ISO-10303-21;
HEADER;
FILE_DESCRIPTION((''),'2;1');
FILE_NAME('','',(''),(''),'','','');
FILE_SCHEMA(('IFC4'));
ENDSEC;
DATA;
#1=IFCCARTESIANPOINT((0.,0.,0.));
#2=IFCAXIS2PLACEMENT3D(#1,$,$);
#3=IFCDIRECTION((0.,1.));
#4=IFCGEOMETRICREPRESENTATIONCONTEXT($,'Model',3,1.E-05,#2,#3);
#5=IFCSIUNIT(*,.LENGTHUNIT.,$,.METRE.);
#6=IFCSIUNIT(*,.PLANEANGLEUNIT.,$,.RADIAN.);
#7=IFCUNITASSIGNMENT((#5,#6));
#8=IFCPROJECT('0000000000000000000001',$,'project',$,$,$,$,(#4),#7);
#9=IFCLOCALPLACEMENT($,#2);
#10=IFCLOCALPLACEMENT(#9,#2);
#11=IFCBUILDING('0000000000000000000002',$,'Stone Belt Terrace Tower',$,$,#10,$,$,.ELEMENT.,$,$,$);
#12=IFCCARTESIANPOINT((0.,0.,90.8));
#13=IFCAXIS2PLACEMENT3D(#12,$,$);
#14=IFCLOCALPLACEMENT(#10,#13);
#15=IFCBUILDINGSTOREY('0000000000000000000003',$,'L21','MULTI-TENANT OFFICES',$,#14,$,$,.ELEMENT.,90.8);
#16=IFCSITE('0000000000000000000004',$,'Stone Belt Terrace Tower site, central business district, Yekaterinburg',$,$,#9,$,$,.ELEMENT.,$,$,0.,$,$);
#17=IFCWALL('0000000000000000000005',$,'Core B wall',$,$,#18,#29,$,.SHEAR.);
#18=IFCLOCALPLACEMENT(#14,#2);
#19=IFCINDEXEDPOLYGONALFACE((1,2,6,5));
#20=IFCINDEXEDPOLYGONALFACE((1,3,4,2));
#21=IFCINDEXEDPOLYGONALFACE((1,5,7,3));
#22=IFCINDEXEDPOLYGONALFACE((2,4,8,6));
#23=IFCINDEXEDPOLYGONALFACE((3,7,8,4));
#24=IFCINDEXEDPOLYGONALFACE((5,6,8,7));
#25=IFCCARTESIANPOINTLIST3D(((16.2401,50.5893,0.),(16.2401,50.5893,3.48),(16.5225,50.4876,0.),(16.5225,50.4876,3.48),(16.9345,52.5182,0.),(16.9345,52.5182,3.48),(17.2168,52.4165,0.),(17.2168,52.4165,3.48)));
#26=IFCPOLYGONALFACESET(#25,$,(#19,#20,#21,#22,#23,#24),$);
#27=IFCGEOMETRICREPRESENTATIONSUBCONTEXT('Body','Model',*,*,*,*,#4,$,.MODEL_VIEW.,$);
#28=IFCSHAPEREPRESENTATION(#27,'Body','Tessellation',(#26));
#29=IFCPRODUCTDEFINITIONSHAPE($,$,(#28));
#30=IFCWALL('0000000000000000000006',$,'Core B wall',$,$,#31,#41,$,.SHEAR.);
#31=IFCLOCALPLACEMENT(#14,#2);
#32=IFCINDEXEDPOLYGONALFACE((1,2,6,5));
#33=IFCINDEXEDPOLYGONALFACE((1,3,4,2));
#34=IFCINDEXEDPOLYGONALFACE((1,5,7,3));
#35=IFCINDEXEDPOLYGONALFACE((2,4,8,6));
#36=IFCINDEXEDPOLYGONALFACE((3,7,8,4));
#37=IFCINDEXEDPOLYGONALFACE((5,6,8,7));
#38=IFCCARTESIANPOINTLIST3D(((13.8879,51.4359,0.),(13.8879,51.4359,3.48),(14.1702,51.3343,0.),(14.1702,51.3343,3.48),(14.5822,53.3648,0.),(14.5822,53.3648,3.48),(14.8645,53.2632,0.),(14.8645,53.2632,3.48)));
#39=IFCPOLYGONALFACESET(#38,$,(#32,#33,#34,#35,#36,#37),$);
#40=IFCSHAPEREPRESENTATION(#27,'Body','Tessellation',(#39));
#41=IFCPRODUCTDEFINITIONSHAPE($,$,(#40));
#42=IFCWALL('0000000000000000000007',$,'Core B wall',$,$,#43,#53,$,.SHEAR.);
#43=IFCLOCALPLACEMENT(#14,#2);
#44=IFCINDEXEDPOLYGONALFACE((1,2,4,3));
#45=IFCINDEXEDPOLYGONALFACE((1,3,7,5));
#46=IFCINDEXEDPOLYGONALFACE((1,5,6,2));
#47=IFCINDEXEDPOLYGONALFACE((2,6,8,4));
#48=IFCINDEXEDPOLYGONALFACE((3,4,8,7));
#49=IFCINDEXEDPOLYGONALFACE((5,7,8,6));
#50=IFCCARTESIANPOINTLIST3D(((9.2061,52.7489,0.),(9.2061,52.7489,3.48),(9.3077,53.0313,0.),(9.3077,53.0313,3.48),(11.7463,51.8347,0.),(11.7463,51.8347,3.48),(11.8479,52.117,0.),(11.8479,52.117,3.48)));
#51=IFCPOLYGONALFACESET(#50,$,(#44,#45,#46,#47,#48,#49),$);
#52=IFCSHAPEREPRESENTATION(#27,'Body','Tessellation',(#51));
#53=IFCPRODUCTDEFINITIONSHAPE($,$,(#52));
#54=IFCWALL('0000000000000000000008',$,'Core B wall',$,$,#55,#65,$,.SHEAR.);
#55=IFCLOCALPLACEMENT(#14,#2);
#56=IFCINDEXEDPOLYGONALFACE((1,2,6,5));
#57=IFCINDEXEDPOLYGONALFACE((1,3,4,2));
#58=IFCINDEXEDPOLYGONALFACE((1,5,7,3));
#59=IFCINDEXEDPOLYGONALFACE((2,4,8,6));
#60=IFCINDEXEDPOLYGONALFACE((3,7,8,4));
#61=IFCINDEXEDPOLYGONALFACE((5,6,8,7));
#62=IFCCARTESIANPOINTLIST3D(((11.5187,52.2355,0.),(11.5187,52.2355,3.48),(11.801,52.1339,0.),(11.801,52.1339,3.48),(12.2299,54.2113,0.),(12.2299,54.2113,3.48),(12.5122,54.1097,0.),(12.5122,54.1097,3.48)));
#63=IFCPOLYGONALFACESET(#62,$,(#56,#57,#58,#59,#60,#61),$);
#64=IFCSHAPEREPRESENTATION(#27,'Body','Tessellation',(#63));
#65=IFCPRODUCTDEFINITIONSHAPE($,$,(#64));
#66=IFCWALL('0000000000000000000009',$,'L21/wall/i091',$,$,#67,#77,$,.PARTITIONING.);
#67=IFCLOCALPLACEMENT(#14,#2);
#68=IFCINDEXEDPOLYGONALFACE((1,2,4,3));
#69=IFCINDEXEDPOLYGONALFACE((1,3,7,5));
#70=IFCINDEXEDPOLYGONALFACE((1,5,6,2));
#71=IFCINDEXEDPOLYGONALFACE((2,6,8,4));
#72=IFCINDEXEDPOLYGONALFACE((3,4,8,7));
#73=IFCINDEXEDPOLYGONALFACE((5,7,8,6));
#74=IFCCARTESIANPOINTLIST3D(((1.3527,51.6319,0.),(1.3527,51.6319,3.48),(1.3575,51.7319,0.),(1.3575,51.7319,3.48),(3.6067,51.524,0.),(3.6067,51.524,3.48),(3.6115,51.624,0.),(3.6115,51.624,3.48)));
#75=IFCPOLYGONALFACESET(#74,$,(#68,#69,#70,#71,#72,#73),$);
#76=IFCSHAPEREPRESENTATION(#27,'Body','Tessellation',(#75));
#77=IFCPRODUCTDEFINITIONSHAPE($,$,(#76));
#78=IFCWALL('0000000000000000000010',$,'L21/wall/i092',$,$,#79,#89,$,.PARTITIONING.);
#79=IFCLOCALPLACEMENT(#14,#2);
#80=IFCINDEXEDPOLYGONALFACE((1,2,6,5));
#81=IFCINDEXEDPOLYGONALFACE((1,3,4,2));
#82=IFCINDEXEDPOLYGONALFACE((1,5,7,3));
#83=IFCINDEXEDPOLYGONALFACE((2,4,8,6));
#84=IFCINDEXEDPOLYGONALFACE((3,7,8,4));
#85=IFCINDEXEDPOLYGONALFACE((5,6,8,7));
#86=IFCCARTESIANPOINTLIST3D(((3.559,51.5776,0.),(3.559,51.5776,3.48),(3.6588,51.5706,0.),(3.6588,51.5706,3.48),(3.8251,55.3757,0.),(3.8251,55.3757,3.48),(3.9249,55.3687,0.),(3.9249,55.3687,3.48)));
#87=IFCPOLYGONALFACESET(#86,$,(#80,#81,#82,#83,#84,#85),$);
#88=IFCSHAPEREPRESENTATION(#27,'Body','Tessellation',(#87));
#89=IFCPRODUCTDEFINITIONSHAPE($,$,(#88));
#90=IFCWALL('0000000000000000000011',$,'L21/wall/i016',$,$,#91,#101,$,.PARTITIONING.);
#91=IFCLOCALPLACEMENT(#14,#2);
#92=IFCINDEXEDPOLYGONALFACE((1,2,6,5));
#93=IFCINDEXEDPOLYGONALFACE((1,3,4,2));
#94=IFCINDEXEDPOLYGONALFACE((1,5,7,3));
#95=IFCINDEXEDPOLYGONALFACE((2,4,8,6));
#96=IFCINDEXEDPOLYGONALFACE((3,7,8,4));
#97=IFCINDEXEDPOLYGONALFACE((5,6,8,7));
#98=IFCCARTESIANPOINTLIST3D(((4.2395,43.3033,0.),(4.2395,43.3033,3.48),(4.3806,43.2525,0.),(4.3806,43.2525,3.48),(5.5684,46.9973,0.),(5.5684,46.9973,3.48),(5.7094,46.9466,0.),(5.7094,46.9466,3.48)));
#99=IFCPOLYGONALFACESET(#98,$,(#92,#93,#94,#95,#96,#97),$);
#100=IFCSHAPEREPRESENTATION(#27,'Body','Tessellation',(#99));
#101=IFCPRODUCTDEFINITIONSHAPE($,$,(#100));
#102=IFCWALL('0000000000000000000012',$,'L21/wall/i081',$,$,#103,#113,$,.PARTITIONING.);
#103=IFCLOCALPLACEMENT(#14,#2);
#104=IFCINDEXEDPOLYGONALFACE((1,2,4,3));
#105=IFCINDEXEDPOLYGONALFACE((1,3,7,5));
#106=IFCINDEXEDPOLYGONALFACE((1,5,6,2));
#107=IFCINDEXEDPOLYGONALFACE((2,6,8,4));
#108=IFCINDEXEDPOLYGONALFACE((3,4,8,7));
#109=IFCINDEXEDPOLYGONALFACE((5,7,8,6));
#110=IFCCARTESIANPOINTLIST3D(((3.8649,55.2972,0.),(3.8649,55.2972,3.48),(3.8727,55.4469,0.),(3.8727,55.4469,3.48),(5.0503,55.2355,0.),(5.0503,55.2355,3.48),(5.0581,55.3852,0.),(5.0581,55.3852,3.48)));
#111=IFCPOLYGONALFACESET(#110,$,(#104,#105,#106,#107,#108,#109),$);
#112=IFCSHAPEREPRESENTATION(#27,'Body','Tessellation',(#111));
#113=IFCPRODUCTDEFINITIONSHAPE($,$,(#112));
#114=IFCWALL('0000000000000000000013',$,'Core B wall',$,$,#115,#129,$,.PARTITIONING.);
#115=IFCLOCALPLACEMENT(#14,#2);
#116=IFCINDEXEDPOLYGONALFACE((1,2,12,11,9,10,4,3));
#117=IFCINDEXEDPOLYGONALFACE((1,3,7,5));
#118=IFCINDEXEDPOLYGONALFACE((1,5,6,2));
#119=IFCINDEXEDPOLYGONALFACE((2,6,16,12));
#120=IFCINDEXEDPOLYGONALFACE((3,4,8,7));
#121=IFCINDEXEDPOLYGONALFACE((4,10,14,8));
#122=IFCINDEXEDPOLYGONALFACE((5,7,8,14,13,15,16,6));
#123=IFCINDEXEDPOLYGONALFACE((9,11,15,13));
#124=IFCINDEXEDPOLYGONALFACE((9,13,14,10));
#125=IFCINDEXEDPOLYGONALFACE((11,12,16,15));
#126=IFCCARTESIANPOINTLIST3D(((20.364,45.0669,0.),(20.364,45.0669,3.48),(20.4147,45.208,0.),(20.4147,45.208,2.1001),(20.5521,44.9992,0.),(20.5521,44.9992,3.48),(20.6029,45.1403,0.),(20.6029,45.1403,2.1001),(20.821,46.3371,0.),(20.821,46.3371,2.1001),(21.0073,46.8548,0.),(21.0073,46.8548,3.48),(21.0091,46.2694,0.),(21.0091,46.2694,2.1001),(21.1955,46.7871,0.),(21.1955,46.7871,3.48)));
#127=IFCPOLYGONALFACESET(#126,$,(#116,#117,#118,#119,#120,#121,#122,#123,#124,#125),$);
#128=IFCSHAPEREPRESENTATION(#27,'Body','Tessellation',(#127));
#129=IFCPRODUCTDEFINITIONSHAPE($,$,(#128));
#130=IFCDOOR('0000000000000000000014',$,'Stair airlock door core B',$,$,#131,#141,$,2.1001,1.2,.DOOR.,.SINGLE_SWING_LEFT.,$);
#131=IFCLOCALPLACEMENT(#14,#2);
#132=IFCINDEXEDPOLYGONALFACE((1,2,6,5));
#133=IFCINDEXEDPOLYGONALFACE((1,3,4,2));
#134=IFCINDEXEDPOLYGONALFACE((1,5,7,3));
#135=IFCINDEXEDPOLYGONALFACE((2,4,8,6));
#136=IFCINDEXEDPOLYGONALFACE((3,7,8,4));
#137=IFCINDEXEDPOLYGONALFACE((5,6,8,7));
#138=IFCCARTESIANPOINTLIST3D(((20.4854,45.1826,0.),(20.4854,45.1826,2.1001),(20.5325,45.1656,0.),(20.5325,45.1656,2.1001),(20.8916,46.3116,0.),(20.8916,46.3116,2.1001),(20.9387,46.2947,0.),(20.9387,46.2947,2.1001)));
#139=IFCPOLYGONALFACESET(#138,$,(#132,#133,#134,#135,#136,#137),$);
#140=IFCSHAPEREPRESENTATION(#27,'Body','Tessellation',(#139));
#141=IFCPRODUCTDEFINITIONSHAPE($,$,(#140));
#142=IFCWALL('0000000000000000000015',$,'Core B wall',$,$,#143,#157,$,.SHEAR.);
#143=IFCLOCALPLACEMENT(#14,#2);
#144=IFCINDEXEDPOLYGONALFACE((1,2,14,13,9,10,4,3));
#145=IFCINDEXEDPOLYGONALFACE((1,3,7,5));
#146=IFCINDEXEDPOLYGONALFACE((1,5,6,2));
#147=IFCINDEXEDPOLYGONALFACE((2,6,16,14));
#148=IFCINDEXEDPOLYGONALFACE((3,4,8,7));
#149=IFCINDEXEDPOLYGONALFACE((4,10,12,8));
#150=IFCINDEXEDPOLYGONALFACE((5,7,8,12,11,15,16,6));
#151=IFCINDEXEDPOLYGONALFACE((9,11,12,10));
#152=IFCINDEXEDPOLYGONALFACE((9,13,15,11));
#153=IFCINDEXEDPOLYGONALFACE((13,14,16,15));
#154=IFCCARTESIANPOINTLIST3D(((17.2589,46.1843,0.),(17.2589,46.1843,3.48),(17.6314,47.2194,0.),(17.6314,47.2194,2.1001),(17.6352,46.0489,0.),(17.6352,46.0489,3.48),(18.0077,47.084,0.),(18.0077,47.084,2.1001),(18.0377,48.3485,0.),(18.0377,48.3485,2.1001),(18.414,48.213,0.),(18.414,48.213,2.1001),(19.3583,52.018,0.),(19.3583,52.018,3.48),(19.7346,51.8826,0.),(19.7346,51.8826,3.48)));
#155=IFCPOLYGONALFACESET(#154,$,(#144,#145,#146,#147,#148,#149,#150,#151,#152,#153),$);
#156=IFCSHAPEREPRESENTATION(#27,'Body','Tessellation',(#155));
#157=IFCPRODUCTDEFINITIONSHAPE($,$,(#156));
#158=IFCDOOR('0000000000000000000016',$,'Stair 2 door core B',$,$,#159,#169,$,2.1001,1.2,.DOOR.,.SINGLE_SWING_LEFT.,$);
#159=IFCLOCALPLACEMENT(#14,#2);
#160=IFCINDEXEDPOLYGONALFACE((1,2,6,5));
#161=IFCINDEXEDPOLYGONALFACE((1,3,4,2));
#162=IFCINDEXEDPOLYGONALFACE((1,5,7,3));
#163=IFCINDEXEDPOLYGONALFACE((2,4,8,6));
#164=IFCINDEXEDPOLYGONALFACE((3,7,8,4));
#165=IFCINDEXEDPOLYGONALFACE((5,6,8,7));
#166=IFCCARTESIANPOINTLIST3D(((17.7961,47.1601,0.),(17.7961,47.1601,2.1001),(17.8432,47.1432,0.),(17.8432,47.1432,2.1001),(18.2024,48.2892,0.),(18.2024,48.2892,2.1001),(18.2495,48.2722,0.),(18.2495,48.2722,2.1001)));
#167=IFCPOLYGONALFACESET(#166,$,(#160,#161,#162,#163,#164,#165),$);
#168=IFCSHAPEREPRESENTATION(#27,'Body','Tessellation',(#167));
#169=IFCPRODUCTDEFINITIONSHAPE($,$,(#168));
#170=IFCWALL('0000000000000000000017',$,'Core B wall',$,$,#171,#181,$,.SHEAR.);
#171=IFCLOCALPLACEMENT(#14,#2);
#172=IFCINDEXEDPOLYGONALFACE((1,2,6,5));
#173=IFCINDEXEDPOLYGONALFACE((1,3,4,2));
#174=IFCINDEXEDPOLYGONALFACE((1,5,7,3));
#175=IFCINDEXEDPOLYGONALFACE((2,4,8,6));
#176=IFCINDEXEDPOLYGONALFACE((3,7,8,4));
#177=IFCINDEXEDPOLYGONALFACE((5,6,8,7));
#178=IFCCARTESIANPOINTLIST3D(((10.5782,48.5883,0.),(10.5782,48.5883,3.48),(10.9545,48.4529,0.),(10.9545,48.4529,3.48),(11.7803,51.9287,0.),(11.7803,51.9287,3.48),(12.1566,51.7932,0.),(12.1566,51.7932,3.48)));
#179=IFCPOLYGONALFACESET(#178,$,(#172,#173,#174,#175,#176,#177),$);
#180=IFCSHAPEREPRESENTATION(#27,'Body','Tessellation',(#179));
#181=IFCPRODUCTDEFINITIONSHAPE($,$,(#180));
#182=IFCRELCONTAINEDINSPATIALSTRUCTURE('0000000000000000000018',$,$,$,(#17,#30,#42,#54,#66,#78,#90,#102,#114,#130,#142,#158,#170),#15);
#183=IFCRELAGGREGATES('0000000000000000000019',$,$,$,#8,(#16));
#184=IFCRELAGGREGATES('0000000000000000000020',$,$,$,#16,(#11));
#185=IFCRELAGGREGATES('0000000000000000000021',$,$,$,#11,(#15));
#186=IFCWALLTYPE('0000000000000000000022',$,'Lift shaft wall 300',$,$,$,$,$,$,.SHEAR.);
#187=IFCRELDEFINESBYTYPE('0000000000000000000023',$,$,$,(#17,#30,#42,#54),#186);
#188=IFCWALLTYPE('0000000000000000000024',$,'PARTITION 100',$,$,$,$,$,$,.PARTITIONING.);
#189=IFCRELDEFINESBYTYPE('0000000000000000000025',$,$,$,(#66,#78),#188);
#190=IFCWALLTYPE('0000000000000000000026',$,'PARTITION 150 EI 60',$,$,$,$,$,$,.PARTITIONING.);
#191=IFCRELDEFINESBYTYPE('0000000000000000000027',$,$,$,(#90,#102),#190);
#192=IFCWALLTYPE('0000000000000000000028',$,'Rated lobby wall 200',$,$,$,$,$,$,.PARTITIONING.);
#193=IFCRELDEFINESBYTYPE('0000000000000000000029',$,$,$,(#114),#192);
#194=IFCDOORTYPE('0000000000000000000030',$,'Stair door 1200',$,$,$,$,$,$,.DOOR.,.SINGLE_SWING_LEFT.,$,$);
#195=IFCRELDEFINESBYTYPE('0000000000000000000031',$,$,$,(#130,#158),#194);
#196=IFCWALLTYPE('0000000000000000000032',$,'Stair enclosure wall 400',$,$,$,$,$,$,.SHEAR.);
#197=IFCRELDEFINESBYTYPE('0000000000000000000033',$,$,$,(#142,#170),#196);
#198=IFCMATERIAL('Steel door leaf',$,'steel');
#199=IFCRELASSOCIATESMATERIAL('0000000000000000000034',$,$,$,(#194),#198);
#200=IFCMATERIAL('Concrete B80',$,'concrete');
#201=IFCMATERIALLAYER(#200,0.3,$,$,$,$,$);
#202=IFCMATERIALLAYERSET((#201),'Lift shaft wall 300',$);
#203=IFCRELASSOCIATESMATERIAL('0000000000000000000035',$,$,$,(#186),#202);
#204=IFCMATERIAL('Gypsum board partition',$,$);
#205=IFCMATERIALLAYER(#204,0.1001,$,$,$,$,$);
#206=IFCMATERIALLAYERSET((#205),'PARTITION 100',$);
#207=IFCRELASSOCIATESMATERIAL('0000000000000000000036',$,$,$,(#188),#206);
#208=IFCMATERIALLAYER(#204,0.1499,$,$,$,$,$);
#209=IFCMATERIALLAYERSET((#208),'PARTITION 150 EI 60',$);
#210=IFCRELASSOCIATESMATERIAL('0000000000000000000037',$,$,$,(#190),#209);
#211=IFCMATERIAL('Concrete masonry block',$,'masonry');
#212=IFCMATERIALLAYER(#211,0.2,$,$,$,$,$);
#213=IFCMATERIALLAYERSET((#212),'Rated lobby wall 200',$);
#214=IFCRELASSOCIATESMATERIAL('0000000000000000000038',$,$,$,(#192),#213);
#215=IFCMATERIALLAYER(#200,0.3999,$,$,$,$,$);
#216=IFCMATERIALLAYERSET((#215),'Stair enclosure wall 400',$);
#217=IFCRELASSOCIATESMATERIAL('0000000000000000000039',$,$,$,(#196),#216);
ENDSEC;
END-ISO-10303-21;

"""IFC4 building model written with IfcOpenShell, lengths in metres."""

from ifc_helpers import new_model, si_unit, direction, frame, frame_2d, origin, place, context, subcontext, project, spatial, rectangle, extrude, material, layer, layer_set, type_object, element, fill, save


model = new_model("IFC4")

# Units and contexts
model_context = context("Model", 3, precision=1e-05, world=origin(), true_north=direction((0.0, 1.0)))
body_context = subcontext(model_context, "Body", "Model", "MODEL_VIEW")
ifc_project = project(units=[si_unit("LENGTHUNIT", "METRE"), si_unit("PLANEANGLEUNIT", "RADIAN")], contexts=[model_context])

# Site, building, storey
site_placement = place(None, origin())
site = spatial("IfcSite", under=ifc_project, at=site_placement, Name="Stone Belt Terrace Tower site, central business district, Yekaterinburg", CompositionType="ELEMENT", RefElevation=0.0)
building_placement = place(site_placement, origin())
building = spatial("IfcBuilding", under=site, at=building_placement, Name="Stone Belt Terrace Tower", CompositionType="ELEMENT")
storey_placement = place(building_placement, frame((0.0, 0.0, 90.8)))
storey = spatial("IfcBuildingStorey", under=building, at=storey_placement, Name="L21", Description="MULTI-TENANT OFFICES", CompositionType="ELEMENT", Elevation=90.8)

# Shared definitions
ifc_material_1 = material(Name="Concrete B80", Category="concrete")

# Shared definitions
ifc_material_2 = material(Name="Steel door leaf", Category="steel")
door_type_1 = type_object("IfcDoorType", Name="Stair door 1200", OperationType="SINGLE_SWING_LEFT", PredefinedType="DOOR", material=ifc_material_2)

# Walls
ifc_layer_1 = layer(ifc_material_1, 0.3)
ifc_layer_set_1 = layer_set([ifc_layer_1], Name="Lift shaft wall 300")
wall_type_1 = type_object("IfcWallType", Name="Lift shaft wall 300", PredefinedType="SHEAR", material=ifc_layer_set_1)
for number, where, z_axis, x_axis, name in (
    (1, (16.3813, 50.5386, 0.0), (0.0, 0.0, 1.0), (0.338682, 0.940901, 0.0), "Core B wall"),
    (2, (14.0291, 51.3853, 0.0), (0.0, 0.0, 1.0), (0.338682, 0.940901, 0.0), "Core B wall"),
):
    element("IfcWall", number, at=place(storey_placement, frame(where, z_axis=z_axis, x_axis=x_axis)), inside=storey, type_object=wall_type_1, Name=name, PredefinedType="SHEAR", context=body_context, shape_type="SweptSolid", body=[
        extrude(rectangle(XDim=2.05, YDim=0.3, at=frame_2d((1.0249, 0.0))), origin(), (0.0, 0.0, 1.0), 3.48),
    ])
wall_1_placement = place(storey_placement, frame((11.7971, 51.9758, 0.0), z_axis=(0.0, 0.0, 1.0), x_axis=(-0.94091, 0.338655, 0.0)))
element("IfcWall", 3, at=wall_1_placement, inside=storey, type_object=wall_type_1, Name="Core B wall", PredefinedType="SHEAR", context=body_context, shape_type="SweptSolid", body=[
    extrude(rectangle(XDim=2.6997, YDim=0.3, at=frame_2d((1.3499, 0.0))), origin(), (0.0, 0.0, 1.0), 3.48),
])
wall_2_placement = place(storey_placement, frame((11.6599, 52.1848, 0.0), z_axis=(0.0, 0.0, 1.0), x_axis=(0.33867, 0.940905, 0.0)))
element("IfcWall", 4, at=wall_2_placement, inside=storey, type_object=wall_type_1, Name="Core B wall", PredefinedType="SHEAR", context=body_context, shape_type="SweptSolid", body=[
    extrude(rectangle(XDim=2.0999, YDim=0.3, at=frame_2d((1.0498, 0.0))), origin(), (0.0, 0.0, 1.0), 3.48),
])
ifc_material_3 = material(Name="Gypsum board partition")
ifc_layer_2 = layer(ifc_material_3, 0.1001)
ifc_layer_set_2 = layer_set([ifc_layer_2], Name="PARTITION 100")
wall_type_2 = type_object("IfcWallType", Name="PARTITION 100", PredefinedType="PARTITIONING", material=ifc_layer_set_2)
wall_3_placement = place(storey_placement, frame((1.355, 51.6819, 0.0), z_axis=(0.0, 0.0, 1.0), x_axis=(0.998856, -0.047822, 0.0)))
element("IfcWall", 5, at=wall_3_placement, inside=storey, type_object=wall_type_2, Name="L21/wall/i091", PredefinedType="PARTITIONING", context=body_context, shape_type="SweptSolid", body=[
    extrude(rectangle(XDim=2.2566, YDim=0.1001, at=frame_2d((1.1284, 0.0))), origin(), (0.0, 0.0, 1.0), 3.48),
])
wall_4_placement = place(storey_placement, frame((3.6089, 51.574, 0.0), z_axis=(0.0, 0.0, 1.0), x_axis=(0.069894, 0.997554, 0.0)))
element("IfcWall", 6, at=wall_4_placement, inside=storey, type_object=wall_type_2, Name="L21/wall/i092", PredefinedType="PARTITIONING", context=body_context, shape_type="SweptSolid", body=[
    extrude(rectangle(XDim=3.8074, YDim=0.1001, at=frame_2d((1.9038, 0.0))), origin(), (0.0, 0.0, 1.0), 3.48),
])
ifc_layer_3 = layer(ifc_material_3, 0.1499)
ifc_layer_set_3 = layer_set([ifc_layer_3], Name="PARTITION 150 EI 60")
wall_type_3 = type_object("IfcWallType", Name="PARTITION 150 EI 60", PredefinedType="PARTITIONING", material=ifc_layer_set_3)
wall_5_placement = place(storey_placement, frame((5.6389, 46.9719, 0.0), z_axis=(0.0, 0.0, 1.0), x_axis=(-0.33849, -0.94097, 0.0)))
element("IfcWall", 7, at=wall_5_placement, inside=storey, type_object=wall_type_3, Name="L21/wall/i016", PredefinedType="PARTITIONING", context=body_context, shape_type="SweptSolid", body=[
    extrude(rectangle(XDim=3.9258, YDim=0.1499, at=frame_2d((1.9629, 0.0))), origin(), (0.0, 0.0, 1.0), 3.48),
])
wall_6_placement = place(storey_placement, frame((5.0542, 55.3103, 0.0), z_axis=(0.0, 0.0, 1.0), x_axis=(-0.998645, 0.052041, 0.0)))
element("IfcWall", 8, at=wall_6_placement, inside=storey, type_object=wall_type_3, Name="L21/wall/i081", PredefinedType="PARTITIONING", context=body_context, shape_type="SweptSolid", body=[
    extrude(rectangle(XDim=1.187, YDim=0.1499, at=frame_2d((0.5935, 0.0))), origin(), (0.0, 0.0, 1.0), 3.48),
])

# Walls, openings, doors
ifc_material_4 = material(Name="Concrete masonry block", Category="masonry")
ifc_layer_4 = layer(ifc_material_4, 0.2)
ifc_layer_set_4 = layer_set([ifc_layer_4], Name="Rated lobby wall 200")
wall_type_4 = type_object("IfcWallType", Name="Rated lobby wall 200", PredefinedType="PARTITIONING", material=ifc_layer_set_4)
wall_7_placement = place(storey_placement, frame((20.458, 45.033, 0.0), z_axis=(0.0, 0.0, 1.0), x_axis=(0.338574, 0.94094, 0.0)))
wall_7 = element("IfcWall", 9, at=wall_7_placement, inside=storey, type_object=wall_type_4, Name="Core B wall", PredefinedType="PARTITIONING", context=body_context, shape_type="SweptSolid", body=[
    extrude(rectangle(XDim=1.9001, YDim=0.2, at=frame_2d((0.9502, 0.0))), origin(), (0.0, 0.0, 1.0), 3.48),
])
opening_1_placement = place(wall_7_placement, frame((0.1499, 0.0, 0.0)))
opening_1 = element("IfcOpeningElement", 10, at=opening_1_placement, cuts=wall_7, PredefinedType="OPENING", context=body_context, shape_type="SweptSolid", body=[
    extrude(rectangle(XDim=1.2, YDim=2.1001, at=frame_2d((0.6001, 1.05))), frame((0.0, 0.1099, 0.0), z_axis=(0.0, -1.0, 0.0), x_axis=(1.0, 0.0, 0.0)), (0.0, 0.0, 1.0), 0.22),
])
door_1_placement = place(opening_1_placement, origin())
door_1 = element("IfcDoor", 11, at=door_1_placement, inside=storey, type_object=door_type_1, Name="Stair airlock door core B", OperationType="SINGLE_SWING_LEFT", OverallHeight=2.1001, OverallWidth=1.2, PredefinedType="DOOR", context=body_context, shape_type="SweptSolid", body=[
    extrude(rectangle(XDim=1.2, YDim=2.1001, at=frame_2d((0.6001, 1.05))), frame((0.0, 0.0249, 0.0), z_axis=(0.0, -1.0, 0.0), x_axis=(1.0, 0.0, 0.0)), (0.0, 0.0, 1.0), 0.05),
])
fill(opening_1, door_1)
ifc_layer_5 = layer(ifc_material_1, 0.3999)
ifc_layer_set_5 = layer_set([ifc_layer_5], Name="Stair enclosure wall 400")
wall_type_5 = type_object("IfcWallType", Name="Stair enclosure wall 400", PredefinedType="SHEAR", material=ifc_layer_set_5)
wall_8_placement = place(storey_placement, frame((17.447, 46.1165, 0.0), z_axis=(0.0, 0.0, 1.0), x_axis=(0.338608, 0.940928, 0.0)))
wall_8 = element("IfcWall", 12, at=wall_8_placement, inside=storey, type_object=wall_type_5, Name="Core B wall", PredefinedType="SHEAR", context=body_context, shape_type="SweptSolid", body=[
    extrude(rectangle(XDim=6.2, YDim=0.3999, at=frame_2d((3.1001, 0.0))), origin(), (0.0, 0.0, 1.0), 3.48),
])
opening_2_placement = place(wall_8_placement, frame((1.1001, 0.0, 0.0)))
opening_2 = element("IfcOpeningElement", 13, at=opening_2_placement, cuts=wall_8, PredefinedType="OPENING", context=body_context, shape_type="SweptSolid", body=[
    extrude(rectangle(XDim=1.2, YDim=2.1001, at=frame_2d((0.6001, 1.05))), frame((0.0, 0.21, 0.0), z_axis=(0.0, -1.0, 0.0), x_axis=(1.0, 0.0, 0.0)), (0.0, 0.0, 1.0), 0.4199),
])
door_2_placement = place(opening_2_placement, origin())
door_2 = element("IfcDoor", 14, at=door_2_placement, inside=storey, type_object=door_type_1, Name="Stair 2 door core B", OperationType="SINGLE_SWING_LEFT", OverallHeight=2.1001, OverallWidth=1.2, PredefinedType="DOOR", context=body_context, shape_type="SweptSolid", body=[
    extrude(rectangle(XDim=1.2, YDim=2.1001, at=frame_2d((0.6001, 1.05))), frame((0.0, 0.0249, 0.0), z_axis=(0.0, -1.0, 0.0), x_axis=(1.0, 0.0, 0.0)), (0.0, 0.0, 1.0), 0.05),
])
fill(opening_2, door_2)

# Wall
wall_9_placement = place(storey_placement, frame((10.7664, 48.5208, 0.0), z_axis=(0.0, 0.0, 1.0), x_axis=(0.338627, 0.940921, 0.0)))
element("IfcWall", 15, at=wall_9_placement, inside=storey, type_object=wall_type_5, Name="Core B wall", PredefinedType="SHEAR", context=body_context, shape_type="SweptSolid", body=[
    extrude(rectangle(XDim=3.55, YDim=0.3999, at=frame_2d((1.7749, 0.0))), origin(), (0.0, 0.0, 1.0), 3.48),
])

save(model, "model.ifc")
